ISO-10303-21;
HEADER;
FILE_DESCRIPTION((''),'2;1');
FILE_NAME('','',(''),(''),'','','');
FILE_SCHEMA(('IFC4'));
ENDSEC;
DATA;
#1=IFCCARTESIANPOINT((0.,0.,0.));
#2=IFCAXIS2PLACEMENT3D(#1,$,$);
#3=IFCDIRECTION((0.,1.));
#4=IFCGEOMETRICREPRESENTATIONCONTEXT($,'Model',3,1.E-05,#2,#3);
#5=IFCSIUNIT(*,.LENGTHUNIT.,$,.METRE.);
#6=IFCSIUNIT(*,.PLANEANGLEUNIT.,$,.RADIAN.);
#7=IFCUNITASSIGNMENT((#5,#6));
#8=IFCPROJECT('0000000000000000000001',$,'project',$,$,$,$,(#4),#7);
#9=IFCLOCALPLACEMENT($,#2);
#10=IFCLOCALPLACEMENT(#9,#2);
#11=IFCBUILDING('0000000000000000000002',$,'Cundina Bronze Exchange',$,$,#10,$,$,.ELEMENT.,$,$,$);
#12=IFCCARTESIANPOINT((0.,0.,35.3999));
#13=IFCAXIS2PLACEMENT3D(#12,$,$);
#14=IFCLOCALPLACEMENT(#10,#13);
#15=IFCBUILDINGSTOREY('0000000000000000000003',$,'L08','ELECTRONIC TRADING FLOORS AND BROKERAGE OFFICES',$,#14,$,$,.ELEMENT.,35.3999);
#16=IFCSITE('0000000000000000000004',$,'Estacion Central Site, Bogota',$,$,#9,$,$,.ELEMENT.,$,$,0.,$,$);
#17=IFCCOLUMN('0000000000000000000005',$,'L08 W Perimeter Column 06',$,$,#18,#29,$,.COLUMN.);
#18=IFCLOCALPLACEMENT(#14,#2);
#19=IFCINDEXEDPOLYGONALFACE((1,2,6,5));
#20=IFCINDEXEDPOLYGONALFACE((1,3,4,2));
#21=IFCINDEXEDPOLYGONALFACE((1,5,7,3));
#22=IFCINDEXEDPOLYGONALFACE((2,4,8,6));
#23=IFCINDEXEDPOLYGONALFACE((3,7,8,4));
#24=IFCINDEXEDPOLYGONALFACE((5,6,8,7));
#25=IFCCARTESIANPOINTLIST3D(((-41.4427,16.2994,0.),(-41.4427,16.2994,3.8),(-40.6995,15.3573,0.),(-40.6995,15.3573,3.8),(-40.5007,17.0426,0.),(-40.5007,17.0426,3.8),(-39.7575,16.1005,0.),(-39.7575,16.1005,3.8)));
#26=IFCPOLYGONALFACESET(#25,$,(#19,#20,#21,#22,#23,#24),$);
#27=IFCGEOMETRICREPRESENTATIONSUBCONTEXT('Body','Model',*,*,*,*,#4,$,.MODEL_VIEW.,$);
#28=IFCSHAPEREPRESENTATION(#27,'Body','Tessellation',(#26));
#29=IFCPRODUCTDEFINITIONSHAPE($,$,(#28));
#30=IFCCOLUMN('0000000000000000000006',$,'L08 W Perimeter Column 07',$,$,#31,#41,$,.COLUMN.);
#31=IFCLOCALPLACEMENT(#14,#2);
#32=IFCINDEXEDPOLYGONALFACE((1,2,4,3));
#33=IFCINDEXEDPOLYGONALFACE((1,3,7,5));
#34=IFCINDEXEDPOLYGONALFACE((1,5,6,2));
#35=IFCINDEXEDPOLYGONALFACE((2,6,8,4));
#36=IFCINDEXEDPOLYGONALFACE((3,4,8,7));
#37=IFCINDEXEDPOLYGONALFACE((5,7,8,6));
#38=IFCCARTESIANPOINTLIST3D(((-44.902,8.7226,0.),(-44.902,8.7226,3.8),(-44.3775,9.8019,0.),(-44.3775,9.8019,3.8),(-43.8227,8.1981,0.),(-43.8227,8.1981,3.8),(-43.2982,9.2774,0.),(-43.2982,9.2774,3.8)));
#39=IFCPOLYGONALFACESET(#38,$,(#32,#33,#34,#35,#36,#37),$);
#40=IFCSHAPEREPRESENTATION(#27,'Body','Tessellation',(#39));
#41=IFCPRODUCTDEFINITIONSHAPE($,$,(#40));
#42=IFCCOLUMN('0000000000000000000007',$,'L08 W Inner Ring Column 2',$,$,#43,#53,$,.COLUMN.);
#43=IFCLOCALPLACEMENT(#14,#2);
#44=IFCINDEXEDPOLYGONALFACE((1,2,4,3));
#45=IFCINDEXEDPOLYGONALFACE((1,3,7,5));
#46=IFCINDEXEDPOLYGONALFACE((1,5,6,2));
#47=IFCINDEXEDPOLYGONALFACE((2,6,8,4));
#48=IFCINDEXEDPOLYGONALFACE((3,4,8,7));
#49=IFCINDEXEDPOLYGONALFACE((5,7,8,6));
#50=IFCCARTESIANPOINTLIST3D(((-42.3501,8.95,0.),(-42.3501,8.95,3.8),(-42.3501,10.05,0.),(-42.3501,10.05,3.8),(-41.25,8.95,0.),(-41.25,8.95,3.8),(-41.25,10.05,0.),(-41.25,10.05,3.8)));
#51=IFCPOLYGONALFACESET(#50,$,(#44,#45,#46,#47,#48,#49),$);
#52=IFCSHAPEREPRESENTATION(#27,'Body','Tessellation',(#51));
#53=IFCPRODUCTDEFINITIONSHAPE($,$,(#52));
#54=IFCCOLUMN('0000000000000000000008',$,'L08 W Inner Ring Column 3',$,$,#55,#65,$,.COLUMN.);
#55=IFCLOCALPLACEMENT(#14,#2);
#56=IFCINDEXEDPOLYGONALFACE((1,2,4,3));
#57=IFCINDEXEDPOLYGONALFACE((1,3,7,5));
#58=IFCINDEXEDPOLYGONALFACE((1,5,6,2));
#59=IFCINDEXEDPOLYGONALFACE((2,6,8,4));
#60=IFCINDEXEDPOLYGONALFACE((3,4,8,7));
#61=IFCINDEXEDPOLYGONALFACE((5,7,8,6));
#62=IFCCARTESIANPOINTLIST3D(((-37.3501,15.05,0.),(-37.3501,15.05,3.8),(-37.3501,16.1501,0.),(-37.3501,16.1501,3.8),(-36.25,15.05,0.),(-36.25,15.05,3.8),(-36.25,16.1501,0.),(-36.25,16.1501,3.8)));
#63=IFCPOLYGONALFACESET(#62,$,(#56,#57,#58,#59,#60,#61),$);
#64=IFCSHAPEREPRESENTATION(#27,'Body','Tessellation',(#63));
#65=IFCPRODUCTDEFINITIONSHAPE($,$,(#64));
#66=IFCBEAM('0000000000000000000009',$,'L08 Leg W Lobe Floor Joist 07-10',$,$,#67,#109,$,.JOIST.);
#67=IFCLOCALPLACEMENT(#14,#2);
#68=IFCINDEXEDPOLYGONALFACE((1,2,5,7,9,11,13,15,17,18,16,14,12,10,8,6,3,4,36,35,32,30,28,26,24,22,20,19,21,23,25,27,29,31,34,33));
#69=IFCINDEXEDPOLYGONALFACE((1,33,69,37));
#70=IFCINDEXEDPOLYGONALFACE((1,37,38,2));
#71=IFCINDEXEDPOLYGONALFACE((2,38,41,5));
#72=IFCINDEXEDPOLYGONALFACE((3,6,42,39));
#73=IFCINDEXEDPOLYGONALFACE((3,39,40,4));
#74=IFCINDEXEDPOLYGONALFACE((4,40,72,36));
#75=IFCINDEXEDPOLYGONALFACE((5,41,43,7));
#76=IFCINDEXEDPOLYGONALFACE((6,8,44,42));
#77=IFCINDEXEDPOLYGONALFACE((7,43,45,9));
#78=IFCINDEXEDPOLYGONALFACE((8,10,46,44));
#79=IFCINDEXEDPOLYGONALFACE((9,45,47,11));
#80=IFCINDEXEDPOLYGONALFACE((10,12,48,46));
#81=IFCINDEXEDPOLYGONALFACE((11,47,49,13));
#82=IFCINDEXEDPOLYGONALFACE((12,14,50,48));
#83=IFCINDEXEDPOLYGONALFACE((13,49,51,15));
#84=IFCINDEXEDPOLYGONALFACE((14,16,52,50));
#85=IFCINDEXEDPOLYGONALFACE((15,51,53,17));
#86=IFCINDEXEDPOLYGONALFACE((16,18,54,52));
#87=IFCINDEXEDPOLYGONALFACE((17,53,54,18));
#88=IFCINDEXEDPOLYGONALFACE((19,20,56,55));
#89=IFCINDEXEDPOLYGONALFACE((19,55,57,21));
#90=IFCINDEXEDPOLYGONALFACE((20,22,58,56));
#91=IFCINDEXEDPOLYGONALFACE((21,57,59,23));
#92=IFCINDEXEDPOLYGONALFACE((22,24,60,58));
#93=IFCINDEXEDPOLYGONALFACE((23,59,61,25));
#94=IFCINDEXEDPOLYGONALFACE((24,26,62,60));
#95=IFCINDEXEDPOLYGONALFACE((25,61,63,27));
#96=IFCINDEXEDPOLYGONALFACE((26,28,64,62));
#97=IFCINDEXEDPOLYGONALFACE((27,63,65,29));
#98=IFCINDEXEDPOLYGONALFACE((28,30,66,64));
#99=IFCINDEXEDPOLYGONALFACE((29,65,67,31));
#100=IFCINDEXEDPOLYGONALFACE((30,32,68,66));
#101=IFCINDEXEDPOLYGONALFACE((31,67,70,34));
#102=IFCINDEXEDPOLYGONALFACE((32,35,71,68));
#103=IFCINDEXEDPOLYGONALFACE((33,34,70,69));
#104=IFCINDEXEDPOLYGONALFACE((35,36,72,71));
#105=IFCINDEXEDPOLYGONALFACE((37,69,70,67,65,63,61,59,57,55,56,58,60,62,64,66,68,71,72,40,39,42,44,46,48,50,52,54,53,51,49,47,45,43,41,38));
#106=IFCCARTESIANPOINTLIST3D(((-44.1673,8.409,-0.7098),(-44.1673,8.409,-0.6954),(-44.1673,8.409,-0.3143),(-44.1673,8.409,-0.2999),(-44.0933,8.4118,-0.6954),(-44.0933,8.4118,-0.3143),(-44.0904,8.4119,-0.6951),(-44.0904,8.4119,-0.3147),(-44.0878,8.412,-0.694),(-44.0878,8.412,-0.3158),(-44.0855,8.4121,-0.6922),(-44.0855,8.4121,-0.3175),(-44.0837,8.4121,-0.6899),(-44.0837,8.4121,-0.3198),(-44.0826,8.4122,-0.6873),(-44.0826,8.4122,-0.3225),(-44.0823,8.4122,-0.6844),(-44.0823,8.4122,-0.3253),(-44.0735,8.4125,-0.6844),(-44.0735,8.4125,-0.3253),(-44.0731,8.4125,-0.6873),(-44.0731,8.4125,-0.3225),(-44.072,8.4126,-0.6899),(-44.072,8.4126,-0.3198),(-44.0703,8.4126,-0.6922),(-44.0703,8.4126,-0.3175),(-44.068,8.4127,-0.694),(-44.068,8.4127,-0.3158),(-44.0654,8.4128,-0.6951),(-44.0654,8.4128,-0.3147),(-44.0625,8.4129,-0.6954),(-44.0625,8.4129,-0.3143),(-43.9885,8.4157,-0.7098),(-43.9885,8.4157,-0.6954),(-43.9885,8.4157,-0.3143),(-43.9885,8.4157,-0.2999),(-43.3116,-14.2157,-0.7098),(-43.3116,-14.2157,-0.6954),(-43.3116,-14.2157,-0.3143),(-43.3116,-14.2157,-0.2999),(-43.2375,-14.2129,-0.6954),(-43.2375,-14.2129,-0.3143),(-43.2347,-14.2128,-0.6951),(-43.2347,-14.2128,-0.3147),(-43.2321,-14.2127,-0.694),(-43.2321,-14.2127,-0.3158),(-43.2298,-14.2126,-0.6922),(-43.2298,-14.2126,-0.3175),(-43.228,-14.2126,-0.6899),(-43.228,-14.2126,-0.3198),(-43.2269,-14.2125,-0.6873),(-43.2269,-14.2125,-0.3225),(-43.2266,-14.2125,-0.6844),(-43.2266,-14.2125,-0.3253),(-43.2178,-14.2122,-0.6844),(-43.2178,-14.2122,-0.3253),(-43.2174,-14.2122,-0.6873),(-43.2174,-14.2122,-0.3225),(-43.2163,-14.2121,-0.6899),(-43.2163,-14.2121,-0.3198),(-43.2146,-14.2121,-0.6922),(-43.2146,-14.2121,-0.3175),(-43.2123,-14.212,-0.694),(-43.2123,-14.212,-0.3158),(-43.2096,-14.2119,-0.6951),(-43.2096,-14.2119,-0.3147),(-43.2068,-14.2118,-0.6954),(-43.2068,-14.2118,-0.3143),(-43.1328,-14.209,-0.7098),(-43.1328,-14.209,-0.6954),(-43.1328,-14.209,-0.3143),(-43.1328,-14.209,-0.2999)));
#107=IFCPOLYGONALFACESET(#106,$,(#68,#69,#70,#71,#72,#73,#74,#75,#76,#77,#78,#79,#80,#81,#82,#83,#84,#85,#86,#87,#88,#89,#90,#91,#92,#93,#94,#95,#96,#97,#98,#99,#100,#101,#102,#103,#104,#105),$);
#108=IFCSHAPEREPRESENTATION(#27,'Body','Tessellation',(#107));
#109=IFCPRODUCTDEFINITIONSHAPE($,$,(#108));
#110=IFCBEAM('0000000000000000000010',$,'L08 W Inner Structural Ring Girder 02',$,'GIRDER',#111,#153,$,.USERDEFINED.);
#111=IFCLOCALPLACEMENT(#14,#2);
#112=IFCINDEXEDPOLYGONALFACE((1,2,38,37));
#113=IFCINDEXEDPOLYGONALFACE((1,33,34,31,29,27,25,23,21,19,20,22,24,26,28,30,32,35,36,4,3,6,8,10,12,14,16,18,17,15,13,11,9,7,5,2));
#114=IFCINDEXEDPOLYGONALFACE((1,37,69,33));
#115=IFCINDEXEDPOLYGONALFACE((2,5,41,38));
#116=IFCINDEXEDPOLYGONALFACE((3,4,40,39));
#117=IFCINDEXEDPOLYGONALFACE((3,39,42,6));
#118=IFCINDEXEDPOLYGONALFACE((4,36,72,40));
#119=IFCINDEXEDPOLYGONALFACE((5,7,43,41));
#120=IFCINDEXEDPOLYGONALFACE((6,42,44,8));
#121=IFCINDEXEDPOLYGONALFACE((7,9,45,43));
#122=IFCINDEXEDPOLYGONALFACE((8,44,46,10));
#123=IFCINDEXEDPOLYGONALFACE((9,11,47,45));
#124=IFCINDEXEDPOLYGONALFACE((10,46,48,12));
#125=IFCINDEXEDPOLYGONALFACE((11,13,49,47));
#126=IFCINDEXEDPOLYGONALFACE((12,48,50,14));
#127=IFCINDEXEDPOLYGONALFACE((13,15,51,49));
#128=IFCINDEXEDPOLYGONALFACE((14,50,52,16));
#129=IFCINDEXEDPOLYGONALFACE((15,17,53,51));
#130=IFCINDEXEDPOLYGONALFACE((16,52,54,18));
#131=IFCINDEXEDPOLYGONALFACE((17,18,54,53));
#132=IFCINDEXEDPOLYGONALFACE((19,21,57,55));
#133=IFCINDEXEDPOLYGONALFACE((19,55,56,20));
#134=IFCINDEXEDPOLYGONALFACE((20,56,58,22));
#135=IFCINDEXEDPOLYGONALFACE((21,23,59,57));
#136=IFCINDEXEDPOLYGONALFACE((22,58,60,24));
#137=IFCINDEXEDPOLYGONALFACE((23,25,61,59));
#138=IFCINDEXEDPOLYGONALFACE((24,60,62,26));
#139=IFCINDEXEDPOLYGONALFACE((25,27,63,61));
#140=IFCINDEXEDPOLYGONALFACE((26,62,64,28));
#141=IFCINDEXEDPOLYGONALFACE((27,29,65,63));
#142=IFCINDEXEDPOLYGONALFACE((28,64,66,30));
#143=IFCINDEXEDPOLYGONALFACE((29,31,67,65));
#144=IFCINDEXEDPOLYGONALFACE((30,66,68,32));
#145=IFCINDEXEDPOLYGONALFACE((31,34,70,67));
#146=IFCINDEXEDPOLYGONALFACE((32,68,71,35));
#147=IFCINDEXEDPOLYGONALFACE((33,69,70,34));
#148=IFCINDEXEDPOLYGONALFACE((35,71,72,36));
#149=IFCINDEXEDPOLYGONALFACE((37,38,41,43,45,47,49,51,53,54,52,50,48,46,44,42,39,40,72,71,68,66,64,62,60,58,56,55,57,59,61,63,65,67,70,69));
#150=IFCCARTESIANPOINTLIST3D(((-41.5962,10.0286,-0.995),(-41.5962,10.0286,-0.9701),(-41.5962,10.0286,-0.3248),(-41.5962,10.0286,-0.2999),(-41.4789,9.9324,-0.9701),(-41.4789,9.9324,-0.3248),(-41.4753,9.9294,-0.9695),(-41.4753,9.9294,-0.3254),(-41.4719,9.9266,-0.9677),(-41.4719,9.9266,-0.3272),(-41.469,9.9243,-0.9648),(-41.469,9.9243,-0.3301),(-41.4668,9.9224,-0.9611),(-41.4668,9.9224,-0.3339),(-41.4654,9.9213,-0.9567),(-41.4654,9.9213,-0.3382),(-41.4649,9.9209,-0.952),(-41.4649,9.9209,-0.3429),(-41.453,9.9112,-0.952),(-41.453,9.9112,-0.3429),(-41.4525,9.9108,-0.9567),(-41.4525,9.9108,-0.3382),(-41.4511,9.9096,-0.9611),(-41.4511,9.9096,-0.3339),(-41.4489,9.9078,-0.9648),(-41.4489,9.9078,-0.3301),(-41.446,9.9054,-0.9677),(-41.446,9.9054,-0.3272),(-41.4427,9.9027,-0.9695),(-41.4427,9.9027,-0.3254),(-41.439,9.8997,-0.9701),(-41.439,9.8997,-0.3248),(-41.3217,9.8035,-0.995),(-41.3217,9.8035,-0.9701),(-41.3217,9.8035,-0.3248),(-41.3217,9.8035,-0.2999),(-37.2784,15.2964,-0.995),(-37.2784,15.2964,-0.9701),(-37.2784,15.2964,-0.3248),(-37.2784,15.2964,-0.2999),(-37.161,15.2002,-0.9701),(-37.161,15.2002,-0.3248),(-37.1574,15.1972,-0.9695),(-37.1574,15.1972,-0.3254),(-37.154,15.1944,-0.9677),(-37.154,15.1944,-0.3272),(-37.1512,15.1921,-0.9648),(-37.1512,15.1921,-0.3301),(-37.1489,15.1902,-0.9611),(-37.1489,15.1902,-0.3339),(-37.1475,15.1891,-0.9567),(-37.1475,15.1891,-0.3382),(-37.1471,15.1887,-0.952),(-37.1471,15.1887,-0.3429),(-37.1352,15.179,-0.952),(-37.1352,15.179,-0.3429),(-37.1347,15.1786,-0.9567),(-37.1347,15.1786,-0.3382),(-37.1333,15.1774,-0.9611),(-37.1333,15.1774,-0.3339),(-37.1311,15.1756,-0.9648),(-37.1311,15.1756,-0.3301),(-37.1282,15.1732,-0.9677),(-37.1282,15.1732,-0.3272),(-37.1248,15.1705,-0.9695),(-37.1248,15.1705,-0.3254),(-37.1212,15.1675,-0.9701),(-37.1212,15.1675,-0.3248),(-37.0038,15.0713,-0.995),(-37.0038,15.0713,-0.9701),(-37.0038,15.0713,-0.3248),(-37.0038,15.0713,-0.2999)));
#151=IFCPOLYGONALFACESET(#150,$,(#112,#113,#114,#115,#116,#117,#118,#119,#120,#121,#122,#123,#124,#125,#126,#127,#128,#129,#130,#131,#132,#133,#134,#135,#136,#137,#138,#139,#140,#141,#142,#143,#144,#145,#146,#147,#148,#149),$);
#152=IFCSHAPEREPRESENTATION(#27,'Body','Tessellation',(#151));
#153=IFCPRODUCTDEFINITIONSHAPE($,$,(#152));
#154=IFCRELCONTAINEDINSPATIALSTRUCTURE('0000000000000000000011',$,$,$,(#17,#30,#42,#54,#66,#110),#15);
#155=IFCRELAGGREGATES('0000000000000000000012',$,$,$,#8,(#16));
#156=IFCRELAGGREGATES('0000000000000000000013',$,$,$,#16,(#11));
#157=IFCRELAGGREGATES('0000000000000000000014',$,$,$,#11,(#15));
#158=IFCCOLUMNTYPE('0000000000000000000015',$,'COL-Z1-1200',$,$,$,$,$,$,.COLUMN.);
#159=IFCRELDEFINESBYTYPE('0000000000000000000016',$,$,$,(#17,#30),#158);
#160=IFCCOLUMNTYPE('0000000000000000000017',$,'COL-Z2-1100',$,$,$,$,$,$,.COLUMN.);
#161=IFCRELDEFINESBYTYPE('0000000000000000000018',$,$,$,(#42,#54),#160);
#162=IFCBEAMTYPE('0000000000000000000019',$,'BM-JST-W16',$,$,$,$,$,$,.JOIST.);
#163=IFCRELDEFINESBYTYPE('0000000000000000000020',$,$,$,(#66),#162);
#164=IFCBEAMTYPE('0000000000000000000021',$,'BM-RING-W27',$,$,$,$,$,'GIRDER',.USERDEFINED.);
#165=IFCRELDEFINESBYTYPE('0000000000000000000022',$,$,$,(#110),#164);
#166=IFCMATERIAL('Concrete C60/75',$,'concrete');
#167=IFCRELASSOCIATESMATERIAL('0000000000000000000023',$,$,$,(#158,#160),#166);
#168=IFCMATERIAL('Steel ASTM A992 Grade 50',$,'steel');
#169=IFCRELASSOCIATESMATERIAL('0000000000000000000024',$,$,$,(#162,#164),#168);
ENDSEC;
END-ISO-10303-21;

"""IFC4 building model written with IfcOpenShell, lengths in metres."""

from ifc_helpers import new_model, si_unit, direction, frame, origin, origin_2d, place, context, subcontext, project, spatial, rectangle, i_section, extrude, material, material_profile, profile_set, type_object, element, save


model = new_model("IFC4")

# Units and contexts
model_context = context("Model", 3, precision=1e-05, world=origin(), true_north=direction((0.0, 1.0)))
body_context = subcontext(model_context, "Body", "Model", "MODEL_VIEW")
ifc_project = project(units=[si_unit("LENGTHUNIT", "METRE"), si_unit("PLANEANGLEUNIT", "RADIAN")], contexts=[model_context])

# Site, building, storey
site_placement = place(None, origin())
site = spatial("IfcSite", under=ifc_project, at=site_placement, Name="Estacion Central Site, Bogota", CompositionType="ELEMENT", RefElevation=0.0)
building_placement = place(site_placement, origin())
building = spatial("IfcBuilding", under=site, at=building_placement, Name="Cundina Bronze Exchange", CompositionType="ELEMENT")
storey_placement = place(building_placement, frame((0.0, 0.0, 35.3999)))
storey = spatial("IfcBuildingStorey", under=building, at=storey_placement, Name="L08", Description="ELECTRONIC TRADING FLOORS AND BROKERAGE OFFICES", CompositionType="ELEMENT", Elevation=35.3999)

# Columns
ifc_material_1 = material(Name="Concrete C60/75", Category="concrete")
ifc_material_profile_1 = material_profile(ifc_material_1, rectangle(XDim=1.2, YDim=1.2, at=origin_2d()), Name="RC1200X1200", Category="concrete")
ifc_profile_set_1 = profile_set([ifc_material_profile_1], Name="Concrete C60/75")
column_type_1 = type_object("IfcColumnType", Name="COL-Z1-1200", PredefinedType="COLUMN", material=ifc_profile_set_1)
for number, where, z_axis, x_axis, name in (
    (1, (-40.6001, 16.2, 0.0), (0.0, 0.0, 1.0), (-0.785101, -0.619368, 0.0), "L08 W Perimeter Column 06"),
    (2, (-44.1001, 9.0, 0.0), (0.0, 0.0, 1.0), (-0.437116, -0.899405, 0.0), "L08 W Perimeter Column 07"),
):
    element("IfcColumn", number, at=place(storey_placement, frame(where, z_axis=z_axis, x_axis=x_axis)), inside=storey, type_object=column_type_1, Name=name, PredefinedType="COLUMN", context=body_context, shape_type="SweptSolid", body=[
        extrude(rectangle(XDim=1.2, YDim=1.2, at=origin_2d()), origin(), (0.0, 0.0, 1.0), 3.8),
    ])
ifc_material_profile_2 = material_profile(ifc_material_1, rectangle(XDim=1.1001, YDim=1.1001, at=origin_2d()), Name="RC1100X1100", Category="concrete")
ifc_profile_set_2 = profile_set([ifc_material_profile_2], Name="Concrete C60/75")
column_type_2 = type_object("IfcColumnType", Name="COL-Z2-1100", PredefinedType="COLUMN", material=ifc_profile_set_2)
for number, where, z_axis, x_axis, name in (
    (3, (-41.8, 9.5, 0.0), (0.0, 0.0, 1.0), (1.0, 0.0, 0.0), "L08 W Inner Ring Column 2"),
    (4, (-36.8, 15.6001, 0.0), (0.0, 0.0, 1.0), (1.0, 0.0, 0.0), "L08 W Inner Ring Column 3"),
):
    element("IfcColumn", number, at=place(storey_placement, frame(where, z_axis=z_axis, x_axis=x_axis)), inside=storey, type_object=column_type_2, Name=name, PredefinedType="COLUMN", context=body_context, shape_type="SweptSolid", body=[
        extrude(rectangle(XDim=1.1001, YDim=1.1001, at=origin_2d()), origin(), (0.0, 0.0, 1.0), 3.8),
    ])

# Beams
ifc_material_2 = material(Name="Steel ASTM A992 Grade 50", Category="steel")
ifc_material_profile_3 = material_profile(ifc_material_2, i_section(OverallWidth=0.179, OverallDepth=0.4099, WebThickness=0.0088, FlangeThickness=0.0144, FilletRadius=0.011, at=origin_2d()), Name="W16X45", Category="steel")
ifc_profile_set_3 = profile_set([ifc_material_profile_3], Name="Steel ASTM A992 Grade 50")
beam_type_1 = type_object("IfcBeamType", Name="BM-JST-W16", PredefinedType="JOIST", material=ifc_profile_set_3)
beam_1_placement = place(storey_placement, frame((-44.0779, 8.4124, -0.5049), z_axis=(0.037795, -0.999286, 0.0), x_axis=(0.999286, 0.037795, 0.0)))
element("IfcBeam", 5, at=beam_1_placement, inside=storey, type_object=beam_type_1, Name="L08 Leg W Lobe Floor Joist 07-10", PredefinedType="JOIST", context=body_context, shape_type="SweptSolid", body=[
    extrude(i_section(OverallWidth=0.179, OverallDepth=0.4099, WebThickness=0.0088, FlangeThickness=0.0144, FilletRadius=0.011, at=origin_2d()), origin(), (0.0, 0.0, 1.0), 22.6409),
])
ifc_material_profile_4 = material_profile(ifc_material_2, i_section(OverallWidth=0.355, OverallDepth=0.6951, WebThickness=0.0154, FlangeThickness=0.0249, FilletRadius=0.0181, at=origin_2d()), Name="W27X146", Category="steel")
ifc_profile_set_4 = profile_set([ifc_material_profile_4], Name="Steel ASTM A992 Grade 50")
beam_type_2 = type_object("IfcBeamType", Name="BM-RING-W27", ElementType="GIRDER", PredefinedType="USERDEFINED", material=ifc_profile_set_4)
beam_2_placement = place(storey_placement, frame((-37.1411, 15.1838, -0.6475), z_axis=(-0.633927, -0.773393, 0.0), x_axis=(0.773393, -0.633927, 0.0)))
element("IfcBeam", 6, at=beam_2_placement, inside=storey, type_object=beam_type_2, Name="L08 W Inner Structural Ring Girder 02", ObjectType="GIRDER", PredefinedType="USERDEFINED", context=body_context, shape_type="SweptSolid", body=[
    extrude(i_section(OverallWidth=0.355, OverallDepth=0.6951, WebThickness=0.0154, FlangeThickness=0.0249, FilletRadius=0.0181, at=origin_2d()), origin(), (0.0, 0.0, 1.0), 6.8113),
])

save(model, "model.ifc")
